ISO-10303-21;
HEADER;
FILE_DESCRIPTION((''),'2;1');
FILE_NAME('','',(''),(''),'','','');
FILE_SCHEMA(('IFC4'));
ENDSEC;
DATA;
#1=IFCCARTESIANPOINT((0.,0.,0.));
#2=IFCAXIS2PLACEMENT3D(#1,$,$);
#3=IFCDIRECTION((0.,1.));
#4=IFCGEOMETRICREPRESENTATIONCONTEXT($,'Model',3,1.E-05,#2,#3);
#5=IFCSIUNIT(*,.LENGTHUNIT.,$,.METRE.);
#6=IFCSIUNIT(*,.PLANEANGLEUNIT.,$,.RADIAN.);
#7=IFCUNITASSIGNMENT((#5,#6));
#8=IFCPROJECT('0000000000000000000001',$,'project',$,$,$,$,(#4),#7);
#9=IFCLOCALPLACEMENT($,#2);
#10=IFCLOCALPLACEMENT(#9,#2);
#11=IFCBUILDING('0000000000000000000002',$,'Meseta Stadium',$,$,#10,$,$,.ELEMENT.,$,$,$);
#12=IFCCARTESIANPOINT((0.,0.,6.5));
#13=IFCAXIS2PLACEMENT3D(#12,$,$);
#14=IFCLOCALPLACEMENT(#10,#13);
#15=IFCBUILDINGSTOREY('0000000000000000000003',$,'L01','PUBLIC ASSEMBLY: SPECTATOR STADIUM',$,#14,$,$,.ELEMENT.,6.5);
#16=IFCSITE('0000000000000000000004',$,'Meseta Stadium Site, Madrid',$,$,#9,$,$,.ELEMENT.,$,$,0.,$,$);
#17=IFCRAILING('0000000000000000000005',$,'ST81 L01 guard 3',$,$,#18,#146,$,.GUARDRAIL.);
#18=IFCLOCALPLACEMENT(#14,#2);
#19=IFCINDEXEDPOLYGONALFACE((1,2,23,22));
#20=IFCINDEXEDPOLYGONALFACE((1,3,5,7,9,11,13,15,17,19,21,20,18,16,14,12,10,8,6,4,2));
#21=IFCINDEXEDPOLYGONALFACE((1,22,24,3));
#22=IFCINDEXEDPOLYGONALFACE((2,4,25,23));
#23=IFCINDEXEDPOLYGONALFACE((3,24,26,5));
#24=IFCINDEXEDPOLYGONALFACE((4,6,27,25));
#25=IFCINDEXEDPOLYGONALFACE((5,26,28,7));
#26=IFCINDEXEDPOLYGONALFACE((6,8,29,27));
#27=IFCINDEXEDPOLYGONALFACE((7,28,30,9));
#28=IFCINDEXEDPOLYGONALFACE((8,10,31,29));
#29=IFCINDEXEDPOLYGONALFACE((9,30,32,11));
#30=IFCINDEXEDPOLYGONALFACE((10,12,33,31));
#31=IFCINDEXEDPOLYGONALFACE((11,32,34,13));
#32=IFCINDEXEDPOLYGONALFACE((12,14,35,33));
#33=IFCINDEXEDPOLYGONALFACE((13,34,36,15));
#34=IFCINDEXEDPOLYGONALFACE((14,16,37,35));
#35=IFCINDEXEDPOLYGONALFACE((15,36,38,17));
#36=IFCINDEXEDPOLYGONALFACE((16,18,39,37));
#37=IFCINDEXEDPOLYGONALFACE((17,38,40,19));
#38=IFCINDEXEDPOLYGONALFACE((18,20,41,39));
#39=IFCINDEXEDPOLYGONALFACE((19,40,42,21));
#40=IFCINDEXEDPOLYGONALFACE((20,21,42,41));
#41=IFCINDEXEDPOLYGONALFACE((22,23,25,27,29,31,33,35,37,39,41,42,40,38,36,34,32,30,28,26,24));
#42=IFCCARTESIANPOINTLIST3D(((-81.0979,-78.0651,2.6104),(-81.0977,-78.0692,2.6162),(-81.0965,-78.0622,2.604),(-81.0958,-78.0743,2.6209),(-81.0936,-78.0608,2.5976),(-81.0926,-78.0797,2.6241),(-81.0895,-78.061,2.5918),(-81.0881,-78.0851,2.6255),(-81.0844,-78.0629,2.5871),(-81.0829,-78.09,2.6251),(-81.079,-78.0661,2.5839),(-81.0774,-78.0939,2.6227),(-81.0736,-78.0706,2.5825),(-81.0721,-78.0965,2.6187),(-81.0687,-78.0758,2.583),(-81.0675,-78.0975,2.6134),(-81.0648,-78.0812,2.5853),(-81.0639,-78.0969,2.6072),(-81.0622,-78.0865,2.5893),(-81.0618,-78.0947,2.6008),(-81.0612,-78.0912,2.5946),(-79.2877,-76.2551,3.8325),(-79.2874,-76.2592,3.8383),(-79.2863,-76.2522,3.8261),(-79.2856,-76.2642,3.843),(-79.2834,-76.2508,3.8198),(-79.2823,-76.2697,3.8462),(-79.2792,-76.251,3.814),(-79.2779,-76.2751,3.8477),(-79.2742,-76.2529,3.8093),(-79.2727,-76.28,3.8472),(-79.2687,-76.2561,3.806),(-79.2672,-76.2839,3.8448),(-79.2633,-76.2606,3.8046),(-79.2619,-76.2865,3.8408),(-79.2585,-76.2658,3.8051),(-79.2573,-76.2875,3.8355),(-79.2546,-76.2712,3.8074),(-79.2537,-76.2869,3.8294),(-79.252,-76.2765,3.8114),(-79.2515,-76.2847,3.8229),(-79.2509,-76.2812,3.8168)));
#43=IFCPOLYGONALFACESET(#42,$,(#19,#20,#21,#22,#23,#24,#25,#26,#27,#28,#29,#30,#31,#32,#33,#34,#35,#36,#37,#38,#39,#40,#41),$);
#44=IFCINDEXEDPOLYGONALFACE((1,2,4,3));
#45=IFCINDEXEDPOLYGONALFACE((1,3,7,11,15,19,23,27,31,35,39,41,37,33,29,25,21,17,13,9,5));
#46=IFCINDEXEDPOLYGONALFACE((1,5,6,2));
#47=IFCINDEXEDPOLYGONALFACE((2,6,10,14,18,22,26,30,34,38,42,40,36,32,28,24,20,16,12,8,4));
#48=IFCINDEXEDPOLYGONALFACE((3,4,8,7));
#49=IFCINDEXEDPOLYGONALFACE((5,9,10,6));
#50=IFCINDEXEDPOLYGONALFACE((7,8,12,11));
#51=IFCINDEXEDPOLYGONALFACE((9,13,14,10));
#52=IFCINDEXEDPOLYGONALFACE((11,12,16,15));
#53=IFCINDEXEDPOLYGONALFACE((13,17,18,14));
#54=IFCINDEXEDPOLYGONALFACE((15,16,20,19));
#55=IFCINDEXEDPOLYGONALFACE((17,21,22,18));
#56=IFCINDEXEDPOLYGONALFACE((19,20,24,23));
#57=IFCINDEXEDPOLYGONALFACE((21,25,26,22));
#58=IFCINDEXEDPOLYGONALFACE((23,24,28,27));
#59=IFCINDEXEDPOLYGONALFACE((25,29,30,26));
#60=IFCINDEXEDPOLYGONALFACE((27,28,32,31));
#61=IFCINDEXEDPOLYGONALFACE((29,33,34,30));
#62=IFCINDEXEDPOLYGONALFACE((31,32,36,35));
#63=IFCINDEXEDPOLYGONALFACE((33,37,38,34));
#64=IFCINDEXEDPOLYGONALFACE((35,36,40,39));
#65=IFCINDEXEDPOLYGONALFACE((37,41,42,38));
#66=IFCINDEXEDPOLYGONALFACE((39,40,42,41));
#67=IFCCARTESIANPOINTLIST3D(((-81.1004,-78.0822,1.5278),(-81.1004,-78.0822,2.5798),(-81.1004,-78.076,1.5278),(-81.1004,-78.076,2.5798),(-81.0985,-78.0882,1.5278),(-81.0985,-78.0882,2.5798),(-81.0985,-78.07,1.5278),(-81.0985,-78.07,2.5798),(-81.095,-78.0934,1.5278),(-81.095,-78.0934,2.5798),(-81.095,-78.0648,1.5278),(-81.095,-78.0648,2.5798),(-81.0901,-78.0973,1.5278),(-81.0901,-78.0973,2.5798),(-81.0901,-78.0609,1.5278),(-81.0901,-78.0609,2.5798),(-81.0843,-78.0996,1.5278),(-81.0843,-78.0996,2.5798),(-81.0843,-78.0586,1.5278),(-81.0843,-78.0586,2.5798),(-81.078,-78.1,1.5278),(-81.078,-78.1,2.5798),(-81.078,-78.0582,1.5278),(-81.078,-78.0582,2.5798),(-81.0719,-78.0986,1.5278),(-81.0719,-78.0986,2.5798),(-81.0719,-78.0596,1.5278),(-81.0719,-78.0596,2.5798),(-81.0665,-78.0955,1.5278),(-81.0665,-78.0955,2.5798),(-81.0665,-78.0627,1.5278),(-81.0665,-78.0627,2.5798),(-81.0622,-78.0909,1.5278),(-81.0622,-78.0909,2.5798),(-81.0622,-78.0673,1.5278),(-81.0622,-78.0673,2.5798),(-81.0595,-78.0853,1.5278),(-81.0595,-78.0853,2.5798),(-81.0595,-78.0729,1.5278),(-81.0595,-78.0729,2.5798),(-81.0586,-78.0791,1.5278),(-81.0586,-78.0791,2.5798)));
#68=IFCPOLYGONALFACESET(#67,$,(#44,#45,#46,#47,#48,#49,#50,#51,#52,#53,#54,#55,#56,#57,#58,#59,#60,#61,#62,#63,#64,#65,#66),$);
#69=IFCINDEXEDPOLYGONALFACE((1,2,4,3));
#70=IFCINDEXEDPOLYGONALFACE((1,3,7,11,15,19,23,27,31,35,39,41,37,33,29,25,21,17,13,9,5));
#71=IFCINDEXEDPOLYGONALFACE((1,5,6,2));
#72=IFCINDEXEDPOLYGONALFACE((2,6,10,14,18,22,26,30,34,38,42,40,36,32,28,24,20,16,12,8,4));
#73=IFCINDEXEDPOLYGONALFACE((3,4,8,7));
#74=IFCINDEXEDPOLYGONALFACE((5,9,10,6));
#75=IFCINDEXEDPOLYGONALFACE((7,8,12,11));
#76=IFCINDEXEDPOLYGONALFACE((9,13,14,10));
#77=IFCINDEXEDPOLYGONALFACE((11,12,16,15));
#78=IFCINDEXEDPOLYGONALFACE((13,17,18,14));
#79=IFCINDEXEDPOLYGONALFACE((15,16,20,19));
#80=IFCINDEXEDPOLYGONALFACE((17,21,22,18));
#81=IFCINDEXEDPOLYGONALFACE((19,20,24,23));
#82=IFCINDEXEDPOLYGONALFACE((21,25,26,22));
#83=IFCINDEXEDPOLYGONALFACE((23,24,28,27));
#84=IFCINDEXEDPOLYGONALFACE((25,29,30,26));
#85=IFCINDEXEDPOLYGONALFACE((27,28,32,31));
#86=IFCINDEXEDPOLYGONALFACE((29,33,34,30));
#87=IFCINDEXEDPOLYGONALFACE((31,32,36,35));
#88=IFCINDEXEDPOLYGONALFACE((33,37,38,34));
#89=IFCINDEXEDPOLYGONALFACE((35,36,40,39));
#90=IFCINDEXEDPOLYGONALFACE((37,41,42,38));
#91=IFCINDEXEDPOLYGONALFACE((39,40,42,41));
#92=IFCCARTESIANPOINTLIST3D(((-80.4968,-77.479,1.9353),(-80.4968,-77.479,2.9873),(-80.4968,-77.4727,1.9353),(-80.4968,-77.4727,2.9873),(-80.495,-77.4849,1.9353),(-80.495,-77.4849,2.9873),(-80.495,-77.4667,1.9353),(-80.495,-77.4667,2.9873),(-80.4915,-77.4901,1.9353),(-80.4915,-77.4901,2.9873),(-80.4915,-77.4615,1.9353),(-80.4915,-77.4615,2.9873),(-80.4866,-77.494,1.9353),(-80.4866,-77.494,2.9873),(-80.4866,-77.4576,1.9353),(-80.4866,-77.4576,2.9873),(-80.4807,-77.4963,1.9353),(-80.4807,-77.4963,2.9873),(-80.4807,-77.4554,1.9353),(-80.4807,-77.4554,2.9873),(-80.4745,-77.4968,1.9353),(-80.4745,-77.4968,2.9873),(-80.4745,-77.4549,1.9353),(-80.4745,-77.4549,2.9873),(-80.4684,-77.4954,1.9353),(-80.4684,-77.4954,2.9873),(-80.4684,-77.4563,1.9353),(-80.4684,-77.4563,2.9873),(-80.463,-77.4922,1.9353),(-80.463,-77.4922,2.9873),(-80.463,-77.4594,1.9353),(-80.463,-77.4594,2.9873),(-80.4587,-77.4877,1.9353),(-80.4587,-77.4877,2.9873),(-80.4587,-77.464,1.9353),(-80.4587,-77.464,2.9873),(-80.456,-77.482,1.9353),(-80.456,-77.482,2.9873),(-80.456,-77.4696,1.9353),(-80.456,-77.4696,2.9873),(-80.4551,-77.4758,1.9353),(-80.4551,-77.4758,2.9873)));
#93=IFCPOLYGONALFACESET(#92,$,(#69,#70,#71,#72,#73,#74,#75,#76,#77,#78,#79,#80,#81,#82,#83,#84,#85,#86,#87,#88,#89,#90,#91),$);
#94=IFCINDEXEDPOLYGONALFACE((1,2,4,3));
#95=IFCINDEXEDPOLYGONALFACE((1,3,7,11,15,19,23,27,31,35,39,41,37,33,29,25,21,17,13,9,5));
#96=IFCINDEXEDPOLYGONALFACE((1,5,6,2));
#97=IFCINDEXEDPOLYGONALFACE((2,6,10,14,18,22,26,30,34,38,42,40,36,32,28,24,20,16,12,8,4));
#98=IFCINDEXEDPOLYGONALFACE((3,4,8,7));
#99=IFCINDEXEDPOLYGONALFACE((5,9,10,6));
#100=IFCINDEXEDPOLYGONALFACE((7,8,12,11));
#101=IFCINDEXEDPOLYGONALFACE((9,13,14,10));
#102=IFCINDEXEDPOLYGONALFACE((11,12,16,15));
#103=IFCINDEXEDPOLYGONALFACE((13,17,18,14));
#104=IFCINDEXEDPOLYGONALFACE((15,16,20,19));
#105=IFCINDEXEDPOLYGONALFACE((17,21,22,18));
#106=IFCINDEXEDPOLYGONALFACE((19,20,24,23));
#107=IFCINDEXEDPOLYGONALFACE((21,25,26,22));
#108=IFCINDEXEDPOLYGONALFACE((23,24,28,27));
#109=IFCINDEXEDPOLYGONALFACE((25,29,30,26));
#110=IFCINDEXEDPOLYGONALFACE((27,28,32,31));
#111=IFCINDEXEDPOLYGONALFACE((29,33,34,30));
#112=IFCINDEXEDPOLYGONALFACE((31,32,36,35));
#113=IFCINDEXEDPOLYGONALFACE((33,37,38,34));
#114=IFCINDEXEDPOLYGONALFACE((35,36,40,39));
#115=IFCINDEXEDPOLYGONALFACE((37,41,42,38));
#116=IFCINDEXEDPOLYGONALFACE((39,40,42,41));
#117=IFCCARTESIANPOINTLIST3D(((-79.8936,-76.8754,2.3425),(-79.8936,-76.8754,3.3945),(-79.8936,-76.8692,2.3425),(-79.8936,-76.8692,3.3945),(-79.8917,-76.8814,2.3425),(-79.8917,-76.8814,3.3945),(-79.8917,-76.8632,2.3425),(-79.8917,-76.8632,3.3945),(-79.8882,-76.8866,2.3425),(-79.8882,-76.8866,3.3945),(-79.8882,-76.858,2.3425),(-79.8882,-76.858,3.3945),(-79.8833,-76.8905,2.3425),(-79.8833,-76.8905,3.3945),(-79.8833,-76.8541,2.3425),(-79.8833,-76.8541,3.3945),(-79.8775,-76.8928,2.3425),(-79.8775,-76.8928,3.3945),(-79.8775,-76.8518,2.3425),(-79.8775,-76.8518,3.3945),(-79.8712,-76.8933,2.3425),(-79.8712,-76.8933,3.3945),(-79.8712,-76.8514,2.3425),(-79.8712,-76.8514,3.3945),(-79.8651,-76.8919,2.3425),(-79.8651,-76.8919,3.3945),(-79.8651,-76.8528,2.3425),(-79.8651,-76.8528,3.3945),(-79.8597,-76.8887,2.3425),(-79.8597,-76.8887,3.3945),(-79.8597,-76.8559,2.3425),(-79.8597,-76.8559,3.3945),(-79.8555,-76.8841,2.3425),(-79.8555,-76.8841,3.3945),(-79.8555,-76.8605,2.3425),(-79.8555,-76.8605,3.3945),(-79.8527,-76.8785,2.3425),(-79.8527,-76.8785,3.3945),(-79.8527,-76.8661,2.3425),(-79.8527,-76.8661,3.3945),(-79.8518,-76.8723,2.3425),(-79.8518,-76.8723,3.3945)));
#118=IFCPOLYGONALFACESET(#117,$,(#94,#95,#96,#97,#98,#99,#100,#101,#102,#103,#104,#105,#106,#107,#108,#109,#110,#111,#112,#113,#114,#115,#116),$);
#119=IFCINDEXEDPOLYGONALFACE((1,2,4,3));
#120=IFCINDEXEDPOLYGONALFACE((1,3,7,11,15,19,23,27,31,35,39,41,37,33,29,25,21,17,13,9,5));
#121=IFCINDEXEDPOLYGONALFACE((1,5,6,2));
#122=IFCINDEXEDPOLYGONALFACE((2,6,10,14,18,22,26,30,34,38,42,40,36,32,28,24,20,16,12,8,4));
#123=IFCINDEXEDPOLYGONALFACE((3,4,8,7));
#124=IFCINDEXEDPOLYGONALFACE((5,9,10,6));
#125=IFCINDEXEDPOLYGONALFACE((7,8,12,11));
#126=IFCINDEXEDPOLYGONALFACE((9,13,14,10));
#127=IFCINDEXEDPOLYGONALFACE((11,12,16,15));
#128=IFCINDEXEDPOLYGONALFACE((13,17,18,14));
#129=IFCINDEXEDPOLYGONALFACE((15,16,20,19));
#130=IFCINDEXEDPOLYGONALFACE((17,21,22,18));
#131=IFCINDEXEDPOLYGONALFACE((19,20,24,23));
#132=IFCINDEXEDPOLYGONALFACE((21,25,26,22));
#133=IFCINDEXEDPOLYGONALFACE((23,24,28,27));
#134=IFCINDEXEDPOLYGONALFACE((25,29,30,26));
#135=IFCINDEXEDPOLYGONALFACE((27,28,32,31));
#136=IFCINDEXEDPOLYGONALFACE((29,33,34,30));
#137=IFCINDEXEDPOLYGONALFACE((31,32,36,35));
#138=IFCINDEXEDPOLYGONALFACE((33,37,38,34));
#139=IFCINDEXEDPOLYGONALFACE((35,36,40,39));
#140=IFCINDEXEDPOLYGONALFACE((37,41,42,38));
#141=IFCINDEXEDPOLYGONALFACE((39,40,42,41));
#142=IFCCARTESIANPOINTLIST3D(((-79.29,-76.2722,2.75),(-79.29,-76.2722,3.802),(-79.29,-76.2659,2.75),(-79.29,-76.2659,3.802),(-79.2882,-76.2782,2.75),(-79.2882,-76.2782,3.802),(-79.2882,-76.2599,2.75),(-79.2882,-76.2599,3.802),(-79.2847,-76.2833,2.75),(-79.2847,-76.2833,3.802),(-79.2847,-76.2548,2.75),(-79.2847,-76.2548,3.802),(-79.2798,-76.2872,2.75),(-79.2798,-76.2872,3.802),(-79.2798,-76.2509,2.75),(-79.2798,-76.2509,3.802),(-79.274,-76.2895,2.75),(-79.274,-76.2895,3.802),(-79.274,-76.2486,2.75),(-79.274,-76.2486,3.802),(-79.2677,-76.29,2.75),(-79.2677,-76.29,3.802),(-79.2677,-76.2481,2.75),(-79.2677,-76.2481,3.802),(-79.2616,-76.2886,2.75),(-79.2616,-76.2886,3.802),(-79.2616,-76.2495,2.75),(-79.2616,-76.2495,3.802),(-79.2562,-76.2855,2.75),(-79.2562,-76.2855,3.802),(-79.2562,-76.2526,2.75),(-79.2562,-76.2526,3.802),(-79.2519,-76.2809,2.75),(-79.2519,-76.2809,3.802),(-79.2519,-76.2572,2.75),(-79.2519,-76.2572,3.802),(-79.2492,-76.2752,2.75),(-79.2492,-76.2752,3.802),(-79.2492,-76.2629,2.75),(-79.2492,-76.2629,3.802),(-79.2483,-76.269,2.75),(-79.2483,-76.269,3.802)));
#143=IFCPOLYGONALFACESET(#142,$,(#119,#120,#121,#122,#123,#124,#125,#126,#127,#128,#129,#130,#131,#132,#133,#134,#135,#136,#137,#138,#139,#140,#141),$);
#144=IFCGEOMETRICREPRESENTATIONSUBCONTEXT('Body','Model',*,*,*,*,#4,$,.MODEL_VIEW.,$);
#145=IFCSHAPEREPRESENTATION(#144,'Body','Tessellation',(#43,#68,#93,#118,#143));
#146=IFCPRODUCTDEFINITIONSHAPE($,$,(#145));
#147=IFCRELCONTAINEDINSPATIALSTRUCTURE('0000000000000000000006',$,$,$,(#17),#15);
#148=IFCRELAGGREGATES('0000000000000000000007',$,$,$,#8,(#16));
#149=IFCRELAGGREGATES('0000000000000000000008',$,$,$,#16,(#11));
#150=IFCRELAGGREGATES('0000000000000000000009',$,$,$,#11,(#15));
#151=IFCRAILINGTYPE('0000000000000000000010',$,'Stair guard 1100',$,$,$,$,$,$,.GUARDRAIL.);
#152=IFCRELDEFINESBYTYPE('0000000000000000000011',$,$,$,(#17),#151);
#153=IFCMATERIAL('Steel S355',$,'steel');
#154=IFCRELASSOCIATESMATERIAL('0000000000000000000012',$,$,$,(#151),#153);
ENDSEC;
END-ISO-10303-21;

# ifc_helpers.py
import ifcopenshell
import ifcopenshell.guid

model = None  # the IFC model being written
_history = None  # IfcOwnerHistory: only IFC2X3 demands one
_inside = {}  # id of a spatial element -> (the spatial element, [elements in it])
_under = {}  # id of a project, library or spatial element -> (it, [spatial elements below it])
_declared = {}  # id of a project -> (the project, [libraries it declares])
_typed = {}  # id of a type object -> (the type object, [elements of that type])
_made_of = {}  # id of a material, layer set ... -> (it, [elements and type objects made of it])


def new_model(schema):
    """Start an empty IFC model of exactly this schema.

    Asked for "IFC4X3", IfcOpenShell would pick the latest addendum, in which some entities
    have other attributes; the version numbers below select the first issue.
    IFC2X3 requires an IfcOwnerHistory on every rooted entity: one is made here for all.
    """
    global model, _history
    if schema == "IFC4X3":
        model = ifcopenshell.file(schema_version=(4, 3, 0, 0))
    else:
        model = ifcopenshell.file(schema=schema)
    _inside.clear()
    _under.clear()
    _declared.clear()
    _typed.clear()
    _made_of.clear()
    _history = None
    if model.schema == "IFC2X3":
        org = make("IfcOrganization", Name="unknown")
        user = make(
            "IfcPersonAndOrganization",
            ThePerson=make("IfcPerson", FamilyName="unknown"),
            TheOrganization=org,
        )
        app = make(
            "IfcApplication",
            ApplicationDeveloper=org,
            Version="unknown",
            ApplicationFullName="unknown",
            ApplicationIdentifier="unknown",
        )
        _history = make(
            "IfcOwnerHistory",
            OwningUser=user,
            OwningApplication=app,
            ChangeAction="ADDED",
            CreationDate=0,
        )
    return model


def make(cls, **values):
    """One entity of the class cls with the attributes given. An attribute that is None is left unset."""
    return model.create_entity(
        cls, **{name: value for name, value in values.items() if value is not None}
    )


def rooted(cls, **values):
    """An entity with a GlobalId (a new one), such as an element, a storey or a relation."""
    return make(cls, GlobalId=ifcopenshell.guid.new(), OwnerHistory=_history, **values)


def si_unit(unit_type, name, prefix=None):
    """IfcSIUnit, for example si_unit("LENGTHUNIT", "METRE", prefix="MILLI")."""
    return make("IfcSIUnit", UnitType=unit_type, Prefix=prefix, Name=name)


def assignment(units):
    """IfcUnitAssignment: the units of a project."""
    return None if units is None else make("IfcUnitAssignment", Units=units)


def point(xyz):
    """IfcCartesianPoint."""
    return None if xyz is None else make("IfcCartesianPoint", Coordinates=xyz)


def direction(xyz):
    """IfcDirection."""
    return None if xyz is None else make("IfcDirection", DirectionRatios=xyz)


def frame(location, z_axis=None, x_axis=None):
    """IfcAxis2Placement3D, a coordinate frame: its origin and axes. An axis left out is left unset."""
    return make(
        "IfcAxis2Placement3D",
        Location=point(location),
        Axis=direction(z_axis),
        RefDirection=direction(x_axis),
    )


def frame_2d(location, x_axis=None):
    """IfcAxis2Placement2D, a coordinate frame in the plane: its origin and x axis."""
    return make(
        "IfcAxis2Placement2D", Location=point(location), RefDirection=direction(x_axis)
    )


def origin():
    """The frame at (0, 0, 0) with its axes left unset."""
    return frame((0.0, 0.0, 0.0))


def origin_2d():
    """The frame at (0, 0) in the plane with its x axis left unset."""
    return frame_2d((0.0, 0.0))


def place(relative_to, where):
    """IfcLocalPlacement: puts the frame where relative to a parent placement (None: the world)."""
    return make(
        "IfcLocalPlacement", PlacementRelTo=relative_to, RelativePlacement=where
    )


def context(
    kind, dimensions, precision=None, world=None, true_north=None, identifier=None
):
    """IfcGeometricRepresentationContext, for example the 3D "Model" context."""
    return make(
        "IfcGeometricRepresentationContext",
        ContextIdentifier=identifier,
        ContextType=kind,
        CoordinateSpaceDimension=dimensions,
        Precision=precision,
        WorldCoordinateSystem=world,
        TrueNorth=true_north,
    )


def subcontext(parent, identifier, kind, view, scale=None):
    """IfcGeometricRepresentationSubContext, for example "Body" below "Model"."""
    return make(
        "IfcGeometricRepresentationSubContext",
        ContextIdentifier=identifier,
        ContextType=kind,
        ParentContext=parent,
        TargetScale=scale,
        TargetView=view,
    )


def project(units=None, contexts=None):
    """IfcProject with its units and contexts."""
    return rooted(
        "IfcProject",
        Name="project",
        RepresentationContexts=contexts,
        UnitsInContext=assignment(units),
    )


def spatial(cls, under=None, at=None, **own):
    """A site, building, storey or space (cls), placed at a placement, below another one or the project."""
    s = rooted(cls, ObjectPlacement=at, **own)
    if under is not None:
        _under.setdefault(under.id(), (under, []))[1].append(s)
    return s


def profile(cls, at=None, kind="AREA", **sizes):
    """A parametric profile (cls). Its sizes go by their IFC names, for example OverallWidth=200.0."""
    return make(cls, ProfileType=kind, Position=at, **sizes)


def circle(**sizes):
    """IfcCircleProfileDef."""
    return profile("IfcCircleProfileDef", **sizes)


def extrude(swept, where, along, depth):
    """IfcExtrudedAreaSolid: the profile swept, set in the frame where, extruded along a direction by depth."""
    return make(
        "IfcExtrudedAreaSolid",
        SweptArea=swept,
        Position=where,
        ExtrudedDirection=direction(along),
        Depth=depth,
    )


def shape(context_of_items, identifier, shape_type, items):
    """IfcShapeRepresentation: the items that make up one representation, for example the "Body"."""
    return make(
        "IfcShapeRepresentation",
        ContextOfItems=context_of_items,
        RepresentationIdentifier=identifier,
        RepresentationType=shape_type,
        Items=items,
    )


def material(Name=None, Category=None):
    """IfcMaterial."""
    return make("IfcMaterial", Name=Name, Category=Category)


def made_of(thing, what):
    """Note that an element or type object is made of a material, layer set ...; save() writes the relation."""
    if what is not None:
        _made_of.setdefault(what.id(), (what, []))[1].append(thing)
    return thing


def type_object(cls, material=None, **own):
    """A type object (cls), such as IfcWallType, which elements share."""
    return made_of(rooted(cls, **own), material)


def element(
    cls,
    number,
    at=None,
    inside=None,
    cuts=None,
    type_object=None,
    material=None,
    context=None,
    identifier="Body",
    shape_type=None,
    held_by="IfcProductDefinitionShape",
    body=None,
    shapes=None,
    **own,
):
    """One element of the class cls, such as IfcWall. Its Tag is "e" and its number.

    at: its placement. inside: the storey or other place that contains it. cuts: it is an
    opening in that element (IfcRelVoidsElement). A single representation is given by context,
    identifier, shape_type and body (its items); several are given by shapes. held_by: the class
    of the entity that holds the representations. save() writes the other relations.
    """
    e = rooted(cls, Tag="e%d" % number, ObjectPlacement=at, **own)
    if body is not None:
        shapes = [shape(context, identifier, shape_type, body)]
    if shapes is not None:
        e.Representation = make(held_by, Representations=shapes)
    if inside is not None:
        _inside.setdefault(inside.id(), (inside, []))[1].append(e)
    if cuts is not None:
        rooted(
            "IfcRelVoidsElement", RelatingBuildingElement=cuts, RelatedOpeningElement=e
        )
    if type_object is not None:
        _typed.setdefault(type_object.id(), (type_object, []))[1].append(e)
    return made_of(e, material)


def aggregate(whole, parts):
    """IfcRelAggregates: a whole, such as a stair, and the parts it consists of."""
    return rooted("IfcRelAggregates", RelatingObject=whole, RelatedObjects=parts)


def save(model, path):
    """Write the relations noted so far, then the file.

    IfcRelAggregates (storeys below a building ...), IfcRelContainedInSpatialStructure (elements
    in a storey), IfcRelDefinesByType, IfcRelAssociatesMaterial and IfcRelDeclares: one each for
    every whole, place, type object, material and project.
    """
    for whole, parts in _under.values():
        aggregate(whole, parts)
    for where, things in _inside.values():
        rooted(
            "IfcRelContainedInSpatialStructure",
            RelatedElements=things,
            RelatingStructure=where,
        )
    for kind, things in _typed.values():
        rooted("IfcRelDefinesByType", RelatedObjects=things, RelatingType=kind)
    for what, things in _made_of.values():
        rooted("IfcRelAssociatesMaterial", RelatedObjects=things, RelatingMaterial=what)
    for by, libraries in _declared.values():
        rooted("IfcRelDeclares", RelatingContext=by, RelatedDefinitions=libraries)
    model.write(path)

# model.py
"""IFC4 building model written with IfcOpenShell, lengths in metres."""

from ifc_helpers import new_model, si_unit, direction, frame, origin, origin_2d, place, context, subcontext, project, spatial, circle, extrude, material, type_object, element, save


model = new_model("IFC4")

# Units and contexts
model_context = context("Model", 3, precision=1e-05, world=origin(), true_north=direction((0.0, 1.0)))
body_context = subcontext(model_context, "Body", "Model", "MODEL_VIEW")
ifc_project = project(units=[si_unit("LENGTHUNIT", "METRE"), si_unit("PLANEANGLEUNIT", "RADIAN")], contexts=[model_context])

# Site, building, storey
site_placement = place(None, origin())
site = spatial("IfcSite", under=ifc_project, at=site_placement, Name="Meseta Stadium Site, Madrid", CompositionType="ELEMENT", RefElevation=0.0)
building_placement = place(site_placement, origin())
building = spatial("IfcBuilding", under=site, at=building_placement, Name="Meseta Stadium", CompositionType="ELEMENT")
storey_placement = place(building_placement, frame((0.0, 0.0, 6.5)))
storey = spatial("IfcBuildingStorey", under=building, at=storey_placement, Name="L01", Description="PUBLIC ASSEMBLY: SPECTATOR STADIUM", CompositionType="ELEMENT", Elevation=6.5)

# Railing
ifc_material_1 = material(Name="Steel S355", Category="steel")
railing_type_1 = type_object("IfcRailingType", Name="Stair guard 1100", PredefinedType="GUARDRAIL", material=ifc_material_1)
railing_1_placement = place(storey_placement, frame((-81.0796, -78.0791, 1.5278)))
element("IfcRailing", 1, at=railing_1_placement, inside=storey, type_object=railing_type_1, Name="ST81 L01 guard 3", PredefinedType="GUARDRAIL", context=body_context, shape_type="SweptSolid", body=[
    extrude(circle(Radius=0.0239, at=origin_2d()), frame((0.0, 0.0, 1.0762), z_axis=(0.638159, 0.638073, 0.430832), x_axis=(-0.707059, 0.707154, 0.0)), (0.0, 0.0, 1.0), 2.8367),
    extrude(circle(Radius=0.021, at=origin_2d()), origin(), (0.0, 0.0, 1.0), 1.052),
    extrude(circle(Radius=0.021, at=origin_2d()), frame((0.6035, 0.6033, 0.4075)), (0.0, 0.0, 1.0), 1.052),
    extrude(circle(Radius=0.021, at=origin_2d()), frame((1.2068, 1.2068, 0.8147)), (0.0, 0.0, 1.0), 1.052),
    extrude(circle(Radius=0.021, at=origin_2d()), frame((1.8103, 1.8101, 1.2222)), (0.0, 0.0, 1.0), 1.052),
])

save(model, "model.ifc")
